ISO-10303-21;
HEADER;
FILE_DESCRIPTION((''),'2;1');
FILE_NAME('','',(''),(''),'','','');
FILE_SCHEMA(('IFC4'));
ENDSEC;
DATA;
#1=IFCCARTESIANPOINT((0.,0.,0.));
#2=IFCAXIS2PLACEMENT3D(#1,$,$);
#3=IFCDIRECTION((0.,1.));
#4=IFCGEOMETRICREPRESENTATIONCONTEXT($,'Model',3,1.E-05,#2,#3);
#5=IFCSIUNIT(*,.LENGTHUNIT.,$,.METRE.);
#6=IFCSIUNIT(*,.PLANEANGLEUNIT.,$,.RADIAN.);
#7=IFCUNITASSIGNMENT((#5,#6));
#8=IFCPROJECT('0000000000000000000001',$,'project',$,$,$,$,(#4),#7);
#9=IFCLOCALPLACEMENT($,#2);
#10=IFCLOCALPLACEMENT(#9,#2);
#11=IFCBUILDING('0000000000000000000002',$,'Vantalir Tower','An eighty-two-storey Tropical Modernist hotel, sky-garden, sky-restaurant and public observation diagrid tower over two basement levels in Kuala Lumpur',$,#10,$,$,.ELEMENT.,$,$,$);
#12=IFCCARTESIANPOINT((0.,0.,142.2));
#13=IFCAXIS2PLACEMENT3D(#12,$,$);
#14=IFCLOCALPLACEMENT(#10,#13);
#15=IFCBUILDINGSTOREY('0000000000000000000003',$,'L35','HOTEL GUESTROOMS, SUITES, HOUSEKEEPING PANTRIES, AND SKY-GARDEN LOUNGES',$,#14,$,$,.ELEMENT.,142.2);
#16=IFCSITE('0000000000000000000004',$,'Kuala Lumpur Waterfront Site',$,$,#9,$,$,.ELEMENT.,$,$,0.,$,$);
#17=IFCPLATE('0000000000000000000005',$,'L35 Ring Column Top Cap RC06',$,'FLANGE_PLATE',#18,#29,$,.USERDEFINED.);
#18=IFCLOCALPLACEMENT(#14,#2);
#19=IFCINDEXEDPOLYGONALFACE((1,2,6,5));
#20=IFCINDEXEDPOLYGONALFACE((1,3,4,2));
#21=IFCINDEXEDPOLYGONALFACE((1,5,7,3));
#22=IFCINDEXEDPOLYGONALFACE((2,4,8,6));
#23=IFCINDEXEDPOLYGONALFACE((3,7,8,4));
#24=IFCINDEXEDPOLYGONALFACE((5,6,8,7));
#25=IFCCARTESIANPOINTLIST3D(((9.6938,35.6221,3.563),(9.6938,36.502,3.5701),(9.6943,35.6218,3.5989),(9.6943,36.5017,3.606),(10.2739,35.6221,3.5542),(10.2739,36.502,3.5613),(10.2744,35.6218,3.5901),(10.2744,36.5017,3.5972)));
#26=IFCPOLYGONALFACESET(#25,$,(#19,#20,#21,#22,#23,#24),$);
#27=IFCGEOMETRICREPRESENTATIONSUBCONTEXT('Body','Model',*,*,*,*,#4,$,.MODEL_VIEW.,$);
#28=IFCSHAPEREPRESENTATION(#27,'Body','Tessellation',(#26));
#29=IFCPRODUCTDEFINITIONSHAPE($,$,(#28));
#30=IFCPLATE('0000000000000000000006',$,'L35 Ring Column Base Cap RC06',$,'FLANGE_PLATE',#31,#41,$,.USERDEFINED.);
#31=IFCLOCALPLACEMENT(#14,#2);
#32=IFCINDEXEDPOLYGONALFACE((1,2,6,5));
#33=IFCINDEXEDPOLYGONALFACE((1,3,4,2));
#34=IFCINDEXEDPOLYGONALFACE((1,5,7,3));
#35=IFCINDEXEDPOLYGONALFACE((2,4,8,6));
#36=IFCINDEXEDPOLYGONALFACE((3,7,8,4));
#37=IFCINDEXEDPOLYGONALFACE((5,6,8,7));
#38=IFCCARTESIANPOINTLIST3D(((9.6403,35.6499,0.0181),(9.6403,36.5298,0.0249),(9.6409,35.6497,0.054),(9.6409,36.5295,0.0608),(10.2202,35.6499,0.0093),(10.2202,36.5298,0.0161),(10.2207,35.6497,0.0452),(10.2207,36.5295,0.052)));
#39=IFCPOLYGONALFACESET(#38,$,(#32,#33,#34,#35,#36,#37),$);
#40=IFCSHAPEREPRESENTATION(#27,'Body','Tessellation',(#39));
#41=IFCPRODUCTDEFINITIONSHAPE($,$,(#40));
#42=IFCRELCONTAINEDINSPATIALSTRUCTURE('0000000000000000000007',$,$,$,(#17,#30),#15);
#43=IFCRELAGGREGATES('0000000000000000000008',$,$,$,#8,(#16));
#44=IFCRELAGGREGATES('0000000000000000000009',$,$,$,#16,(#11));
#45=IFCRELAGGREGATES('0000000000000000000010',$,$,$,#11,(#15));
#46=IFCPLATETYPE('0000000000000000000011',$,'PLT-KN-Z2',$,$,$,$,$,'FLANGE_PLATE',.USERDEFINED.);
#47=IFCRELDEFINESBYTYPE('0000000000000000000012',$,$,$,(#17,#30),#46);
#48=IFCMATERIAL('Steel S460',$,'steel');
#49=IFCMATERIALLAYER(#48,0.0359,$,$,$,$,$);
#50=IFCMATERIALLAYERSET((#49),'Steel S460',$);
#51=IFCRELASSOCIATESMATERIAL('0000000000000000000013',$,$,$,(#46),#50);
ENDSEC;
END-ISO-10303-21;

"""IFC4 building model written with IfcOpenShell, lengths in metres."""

from ifc_helpers import new_model, si_unit, direction, frame, origin, place, context, subcontext, project, spatial, polyline, outline, extrude, material, layer, layer_set, type_object, element, save


model = new_model("IFC4")

# Units and contexts
model_context = context("Model", 3, precision=1e-05, world=origin(), true_north=direction((0.0, 1.0)))
body_context = subcontext(model_context, "Body", "Model", "MODEL_VIEW")
ifc_project = project(units=[si_unit("LENGTHUNIT", "METRE"), si_unit("PLANEANGLEUNIT", "RADIAN")], contexts=[model_context])

# Site, building, storey
site_placement = place(None, origin())
site = spatial("IfcSite", under=ifc_project, at=site_placement, Name="Kuala Lumpur Waterfront Site", CompositionType="ELEMENT", RefElevation=0.0)
building_placement = place(site_placement, origin())
building = spatial("IfcBuilding", under=site, at=building_placement, Name="Vantalir Tower", Description="An eighty-two-storey Tropical Modernist hotel, sky-garden, sky-restaurant and public observation diagrid tower over two basement levels in Kuala Lumpur", CompositionType="ELEMENT")
storey_placement = place(building_placement, frame((0.0, 0.0, 142.2)))
storey = spatial("IfcBuildingStorey", under=building, at=storey_placement, Name="L35", Description="HOTEL GUESTROOMS, SUITES, HOUSEKEEPING PANTRIES, AND SKY-GARDEN LOUNGES", CompositionType="ELEMENT", Elevation=142.2)

# Shared definitions
ifc_material_1 = material(Name="Steel S460", Category="steel")

# Plates
ifc_layer_1 = layer(ifc_material_1, 0.0359)
ifc_layer_set_1 = layer_set([ifc_layer_1], Name="Steel S460")
plate_type_1 = type_object("IfcPlateType", Name="PLT-KN-Z2", ElementType="FLANGE_PLATE", PredefinedType="USERDEFINED", material=ifc_layer_set_1)
plate_1_placement = place(storey_placement, frame((9.6943, 36.5017, 3.606), z_axis=(0.015149, -0.008045, 0.999853), x_axis=(0.0, -0.999968, -0.008046)))
element("IfcPlate", 1, at=plate_1_placement, inside=storey, type_object=plate_type_1, Name="L35 Ring Column Top Cap RC06", ObjectType="FLANGE_PLATE", PredefinedType="USERDEFINED", context=body_context, shape_type="SweptSolid", body=[
    extrude(outline(polyline([(0.0, 0.0), (0.8799, 0.0), (0.88, 0.5801), (0.0001, 0.5801), (0.0, 0.0)])), origin(), (0.0, 0.0, -1.0), 0.0359),
])
plate_2_placement = place(storey_placement, frame((9.6409, 36.5295, 0.0608), z_axis=(0.015156, -0.007768, 0.999855), x_axis=(0.0, -0.99997, -0.007769)))
element("IfcPlate", 2, at=plate_2_placement, inside=storey, type_object=plate_type_1, Name="L35 Ring Column Base Cap RC06", ObjectType="FLANGE_PLATE", PredefinedType="USERDEFINED", context=body_context, shape_type="SweptSolid", body=[
    extrude(outline(polyline([(0.0, 0.0), (0.8799, 0.0), (0.88, 0.5799), (0.0001, 0.5799), (0.0, 0.0)])), origin(), (0.0, 0.0, -1.0), 0.0359),
])

save(model, "model.ifc")
